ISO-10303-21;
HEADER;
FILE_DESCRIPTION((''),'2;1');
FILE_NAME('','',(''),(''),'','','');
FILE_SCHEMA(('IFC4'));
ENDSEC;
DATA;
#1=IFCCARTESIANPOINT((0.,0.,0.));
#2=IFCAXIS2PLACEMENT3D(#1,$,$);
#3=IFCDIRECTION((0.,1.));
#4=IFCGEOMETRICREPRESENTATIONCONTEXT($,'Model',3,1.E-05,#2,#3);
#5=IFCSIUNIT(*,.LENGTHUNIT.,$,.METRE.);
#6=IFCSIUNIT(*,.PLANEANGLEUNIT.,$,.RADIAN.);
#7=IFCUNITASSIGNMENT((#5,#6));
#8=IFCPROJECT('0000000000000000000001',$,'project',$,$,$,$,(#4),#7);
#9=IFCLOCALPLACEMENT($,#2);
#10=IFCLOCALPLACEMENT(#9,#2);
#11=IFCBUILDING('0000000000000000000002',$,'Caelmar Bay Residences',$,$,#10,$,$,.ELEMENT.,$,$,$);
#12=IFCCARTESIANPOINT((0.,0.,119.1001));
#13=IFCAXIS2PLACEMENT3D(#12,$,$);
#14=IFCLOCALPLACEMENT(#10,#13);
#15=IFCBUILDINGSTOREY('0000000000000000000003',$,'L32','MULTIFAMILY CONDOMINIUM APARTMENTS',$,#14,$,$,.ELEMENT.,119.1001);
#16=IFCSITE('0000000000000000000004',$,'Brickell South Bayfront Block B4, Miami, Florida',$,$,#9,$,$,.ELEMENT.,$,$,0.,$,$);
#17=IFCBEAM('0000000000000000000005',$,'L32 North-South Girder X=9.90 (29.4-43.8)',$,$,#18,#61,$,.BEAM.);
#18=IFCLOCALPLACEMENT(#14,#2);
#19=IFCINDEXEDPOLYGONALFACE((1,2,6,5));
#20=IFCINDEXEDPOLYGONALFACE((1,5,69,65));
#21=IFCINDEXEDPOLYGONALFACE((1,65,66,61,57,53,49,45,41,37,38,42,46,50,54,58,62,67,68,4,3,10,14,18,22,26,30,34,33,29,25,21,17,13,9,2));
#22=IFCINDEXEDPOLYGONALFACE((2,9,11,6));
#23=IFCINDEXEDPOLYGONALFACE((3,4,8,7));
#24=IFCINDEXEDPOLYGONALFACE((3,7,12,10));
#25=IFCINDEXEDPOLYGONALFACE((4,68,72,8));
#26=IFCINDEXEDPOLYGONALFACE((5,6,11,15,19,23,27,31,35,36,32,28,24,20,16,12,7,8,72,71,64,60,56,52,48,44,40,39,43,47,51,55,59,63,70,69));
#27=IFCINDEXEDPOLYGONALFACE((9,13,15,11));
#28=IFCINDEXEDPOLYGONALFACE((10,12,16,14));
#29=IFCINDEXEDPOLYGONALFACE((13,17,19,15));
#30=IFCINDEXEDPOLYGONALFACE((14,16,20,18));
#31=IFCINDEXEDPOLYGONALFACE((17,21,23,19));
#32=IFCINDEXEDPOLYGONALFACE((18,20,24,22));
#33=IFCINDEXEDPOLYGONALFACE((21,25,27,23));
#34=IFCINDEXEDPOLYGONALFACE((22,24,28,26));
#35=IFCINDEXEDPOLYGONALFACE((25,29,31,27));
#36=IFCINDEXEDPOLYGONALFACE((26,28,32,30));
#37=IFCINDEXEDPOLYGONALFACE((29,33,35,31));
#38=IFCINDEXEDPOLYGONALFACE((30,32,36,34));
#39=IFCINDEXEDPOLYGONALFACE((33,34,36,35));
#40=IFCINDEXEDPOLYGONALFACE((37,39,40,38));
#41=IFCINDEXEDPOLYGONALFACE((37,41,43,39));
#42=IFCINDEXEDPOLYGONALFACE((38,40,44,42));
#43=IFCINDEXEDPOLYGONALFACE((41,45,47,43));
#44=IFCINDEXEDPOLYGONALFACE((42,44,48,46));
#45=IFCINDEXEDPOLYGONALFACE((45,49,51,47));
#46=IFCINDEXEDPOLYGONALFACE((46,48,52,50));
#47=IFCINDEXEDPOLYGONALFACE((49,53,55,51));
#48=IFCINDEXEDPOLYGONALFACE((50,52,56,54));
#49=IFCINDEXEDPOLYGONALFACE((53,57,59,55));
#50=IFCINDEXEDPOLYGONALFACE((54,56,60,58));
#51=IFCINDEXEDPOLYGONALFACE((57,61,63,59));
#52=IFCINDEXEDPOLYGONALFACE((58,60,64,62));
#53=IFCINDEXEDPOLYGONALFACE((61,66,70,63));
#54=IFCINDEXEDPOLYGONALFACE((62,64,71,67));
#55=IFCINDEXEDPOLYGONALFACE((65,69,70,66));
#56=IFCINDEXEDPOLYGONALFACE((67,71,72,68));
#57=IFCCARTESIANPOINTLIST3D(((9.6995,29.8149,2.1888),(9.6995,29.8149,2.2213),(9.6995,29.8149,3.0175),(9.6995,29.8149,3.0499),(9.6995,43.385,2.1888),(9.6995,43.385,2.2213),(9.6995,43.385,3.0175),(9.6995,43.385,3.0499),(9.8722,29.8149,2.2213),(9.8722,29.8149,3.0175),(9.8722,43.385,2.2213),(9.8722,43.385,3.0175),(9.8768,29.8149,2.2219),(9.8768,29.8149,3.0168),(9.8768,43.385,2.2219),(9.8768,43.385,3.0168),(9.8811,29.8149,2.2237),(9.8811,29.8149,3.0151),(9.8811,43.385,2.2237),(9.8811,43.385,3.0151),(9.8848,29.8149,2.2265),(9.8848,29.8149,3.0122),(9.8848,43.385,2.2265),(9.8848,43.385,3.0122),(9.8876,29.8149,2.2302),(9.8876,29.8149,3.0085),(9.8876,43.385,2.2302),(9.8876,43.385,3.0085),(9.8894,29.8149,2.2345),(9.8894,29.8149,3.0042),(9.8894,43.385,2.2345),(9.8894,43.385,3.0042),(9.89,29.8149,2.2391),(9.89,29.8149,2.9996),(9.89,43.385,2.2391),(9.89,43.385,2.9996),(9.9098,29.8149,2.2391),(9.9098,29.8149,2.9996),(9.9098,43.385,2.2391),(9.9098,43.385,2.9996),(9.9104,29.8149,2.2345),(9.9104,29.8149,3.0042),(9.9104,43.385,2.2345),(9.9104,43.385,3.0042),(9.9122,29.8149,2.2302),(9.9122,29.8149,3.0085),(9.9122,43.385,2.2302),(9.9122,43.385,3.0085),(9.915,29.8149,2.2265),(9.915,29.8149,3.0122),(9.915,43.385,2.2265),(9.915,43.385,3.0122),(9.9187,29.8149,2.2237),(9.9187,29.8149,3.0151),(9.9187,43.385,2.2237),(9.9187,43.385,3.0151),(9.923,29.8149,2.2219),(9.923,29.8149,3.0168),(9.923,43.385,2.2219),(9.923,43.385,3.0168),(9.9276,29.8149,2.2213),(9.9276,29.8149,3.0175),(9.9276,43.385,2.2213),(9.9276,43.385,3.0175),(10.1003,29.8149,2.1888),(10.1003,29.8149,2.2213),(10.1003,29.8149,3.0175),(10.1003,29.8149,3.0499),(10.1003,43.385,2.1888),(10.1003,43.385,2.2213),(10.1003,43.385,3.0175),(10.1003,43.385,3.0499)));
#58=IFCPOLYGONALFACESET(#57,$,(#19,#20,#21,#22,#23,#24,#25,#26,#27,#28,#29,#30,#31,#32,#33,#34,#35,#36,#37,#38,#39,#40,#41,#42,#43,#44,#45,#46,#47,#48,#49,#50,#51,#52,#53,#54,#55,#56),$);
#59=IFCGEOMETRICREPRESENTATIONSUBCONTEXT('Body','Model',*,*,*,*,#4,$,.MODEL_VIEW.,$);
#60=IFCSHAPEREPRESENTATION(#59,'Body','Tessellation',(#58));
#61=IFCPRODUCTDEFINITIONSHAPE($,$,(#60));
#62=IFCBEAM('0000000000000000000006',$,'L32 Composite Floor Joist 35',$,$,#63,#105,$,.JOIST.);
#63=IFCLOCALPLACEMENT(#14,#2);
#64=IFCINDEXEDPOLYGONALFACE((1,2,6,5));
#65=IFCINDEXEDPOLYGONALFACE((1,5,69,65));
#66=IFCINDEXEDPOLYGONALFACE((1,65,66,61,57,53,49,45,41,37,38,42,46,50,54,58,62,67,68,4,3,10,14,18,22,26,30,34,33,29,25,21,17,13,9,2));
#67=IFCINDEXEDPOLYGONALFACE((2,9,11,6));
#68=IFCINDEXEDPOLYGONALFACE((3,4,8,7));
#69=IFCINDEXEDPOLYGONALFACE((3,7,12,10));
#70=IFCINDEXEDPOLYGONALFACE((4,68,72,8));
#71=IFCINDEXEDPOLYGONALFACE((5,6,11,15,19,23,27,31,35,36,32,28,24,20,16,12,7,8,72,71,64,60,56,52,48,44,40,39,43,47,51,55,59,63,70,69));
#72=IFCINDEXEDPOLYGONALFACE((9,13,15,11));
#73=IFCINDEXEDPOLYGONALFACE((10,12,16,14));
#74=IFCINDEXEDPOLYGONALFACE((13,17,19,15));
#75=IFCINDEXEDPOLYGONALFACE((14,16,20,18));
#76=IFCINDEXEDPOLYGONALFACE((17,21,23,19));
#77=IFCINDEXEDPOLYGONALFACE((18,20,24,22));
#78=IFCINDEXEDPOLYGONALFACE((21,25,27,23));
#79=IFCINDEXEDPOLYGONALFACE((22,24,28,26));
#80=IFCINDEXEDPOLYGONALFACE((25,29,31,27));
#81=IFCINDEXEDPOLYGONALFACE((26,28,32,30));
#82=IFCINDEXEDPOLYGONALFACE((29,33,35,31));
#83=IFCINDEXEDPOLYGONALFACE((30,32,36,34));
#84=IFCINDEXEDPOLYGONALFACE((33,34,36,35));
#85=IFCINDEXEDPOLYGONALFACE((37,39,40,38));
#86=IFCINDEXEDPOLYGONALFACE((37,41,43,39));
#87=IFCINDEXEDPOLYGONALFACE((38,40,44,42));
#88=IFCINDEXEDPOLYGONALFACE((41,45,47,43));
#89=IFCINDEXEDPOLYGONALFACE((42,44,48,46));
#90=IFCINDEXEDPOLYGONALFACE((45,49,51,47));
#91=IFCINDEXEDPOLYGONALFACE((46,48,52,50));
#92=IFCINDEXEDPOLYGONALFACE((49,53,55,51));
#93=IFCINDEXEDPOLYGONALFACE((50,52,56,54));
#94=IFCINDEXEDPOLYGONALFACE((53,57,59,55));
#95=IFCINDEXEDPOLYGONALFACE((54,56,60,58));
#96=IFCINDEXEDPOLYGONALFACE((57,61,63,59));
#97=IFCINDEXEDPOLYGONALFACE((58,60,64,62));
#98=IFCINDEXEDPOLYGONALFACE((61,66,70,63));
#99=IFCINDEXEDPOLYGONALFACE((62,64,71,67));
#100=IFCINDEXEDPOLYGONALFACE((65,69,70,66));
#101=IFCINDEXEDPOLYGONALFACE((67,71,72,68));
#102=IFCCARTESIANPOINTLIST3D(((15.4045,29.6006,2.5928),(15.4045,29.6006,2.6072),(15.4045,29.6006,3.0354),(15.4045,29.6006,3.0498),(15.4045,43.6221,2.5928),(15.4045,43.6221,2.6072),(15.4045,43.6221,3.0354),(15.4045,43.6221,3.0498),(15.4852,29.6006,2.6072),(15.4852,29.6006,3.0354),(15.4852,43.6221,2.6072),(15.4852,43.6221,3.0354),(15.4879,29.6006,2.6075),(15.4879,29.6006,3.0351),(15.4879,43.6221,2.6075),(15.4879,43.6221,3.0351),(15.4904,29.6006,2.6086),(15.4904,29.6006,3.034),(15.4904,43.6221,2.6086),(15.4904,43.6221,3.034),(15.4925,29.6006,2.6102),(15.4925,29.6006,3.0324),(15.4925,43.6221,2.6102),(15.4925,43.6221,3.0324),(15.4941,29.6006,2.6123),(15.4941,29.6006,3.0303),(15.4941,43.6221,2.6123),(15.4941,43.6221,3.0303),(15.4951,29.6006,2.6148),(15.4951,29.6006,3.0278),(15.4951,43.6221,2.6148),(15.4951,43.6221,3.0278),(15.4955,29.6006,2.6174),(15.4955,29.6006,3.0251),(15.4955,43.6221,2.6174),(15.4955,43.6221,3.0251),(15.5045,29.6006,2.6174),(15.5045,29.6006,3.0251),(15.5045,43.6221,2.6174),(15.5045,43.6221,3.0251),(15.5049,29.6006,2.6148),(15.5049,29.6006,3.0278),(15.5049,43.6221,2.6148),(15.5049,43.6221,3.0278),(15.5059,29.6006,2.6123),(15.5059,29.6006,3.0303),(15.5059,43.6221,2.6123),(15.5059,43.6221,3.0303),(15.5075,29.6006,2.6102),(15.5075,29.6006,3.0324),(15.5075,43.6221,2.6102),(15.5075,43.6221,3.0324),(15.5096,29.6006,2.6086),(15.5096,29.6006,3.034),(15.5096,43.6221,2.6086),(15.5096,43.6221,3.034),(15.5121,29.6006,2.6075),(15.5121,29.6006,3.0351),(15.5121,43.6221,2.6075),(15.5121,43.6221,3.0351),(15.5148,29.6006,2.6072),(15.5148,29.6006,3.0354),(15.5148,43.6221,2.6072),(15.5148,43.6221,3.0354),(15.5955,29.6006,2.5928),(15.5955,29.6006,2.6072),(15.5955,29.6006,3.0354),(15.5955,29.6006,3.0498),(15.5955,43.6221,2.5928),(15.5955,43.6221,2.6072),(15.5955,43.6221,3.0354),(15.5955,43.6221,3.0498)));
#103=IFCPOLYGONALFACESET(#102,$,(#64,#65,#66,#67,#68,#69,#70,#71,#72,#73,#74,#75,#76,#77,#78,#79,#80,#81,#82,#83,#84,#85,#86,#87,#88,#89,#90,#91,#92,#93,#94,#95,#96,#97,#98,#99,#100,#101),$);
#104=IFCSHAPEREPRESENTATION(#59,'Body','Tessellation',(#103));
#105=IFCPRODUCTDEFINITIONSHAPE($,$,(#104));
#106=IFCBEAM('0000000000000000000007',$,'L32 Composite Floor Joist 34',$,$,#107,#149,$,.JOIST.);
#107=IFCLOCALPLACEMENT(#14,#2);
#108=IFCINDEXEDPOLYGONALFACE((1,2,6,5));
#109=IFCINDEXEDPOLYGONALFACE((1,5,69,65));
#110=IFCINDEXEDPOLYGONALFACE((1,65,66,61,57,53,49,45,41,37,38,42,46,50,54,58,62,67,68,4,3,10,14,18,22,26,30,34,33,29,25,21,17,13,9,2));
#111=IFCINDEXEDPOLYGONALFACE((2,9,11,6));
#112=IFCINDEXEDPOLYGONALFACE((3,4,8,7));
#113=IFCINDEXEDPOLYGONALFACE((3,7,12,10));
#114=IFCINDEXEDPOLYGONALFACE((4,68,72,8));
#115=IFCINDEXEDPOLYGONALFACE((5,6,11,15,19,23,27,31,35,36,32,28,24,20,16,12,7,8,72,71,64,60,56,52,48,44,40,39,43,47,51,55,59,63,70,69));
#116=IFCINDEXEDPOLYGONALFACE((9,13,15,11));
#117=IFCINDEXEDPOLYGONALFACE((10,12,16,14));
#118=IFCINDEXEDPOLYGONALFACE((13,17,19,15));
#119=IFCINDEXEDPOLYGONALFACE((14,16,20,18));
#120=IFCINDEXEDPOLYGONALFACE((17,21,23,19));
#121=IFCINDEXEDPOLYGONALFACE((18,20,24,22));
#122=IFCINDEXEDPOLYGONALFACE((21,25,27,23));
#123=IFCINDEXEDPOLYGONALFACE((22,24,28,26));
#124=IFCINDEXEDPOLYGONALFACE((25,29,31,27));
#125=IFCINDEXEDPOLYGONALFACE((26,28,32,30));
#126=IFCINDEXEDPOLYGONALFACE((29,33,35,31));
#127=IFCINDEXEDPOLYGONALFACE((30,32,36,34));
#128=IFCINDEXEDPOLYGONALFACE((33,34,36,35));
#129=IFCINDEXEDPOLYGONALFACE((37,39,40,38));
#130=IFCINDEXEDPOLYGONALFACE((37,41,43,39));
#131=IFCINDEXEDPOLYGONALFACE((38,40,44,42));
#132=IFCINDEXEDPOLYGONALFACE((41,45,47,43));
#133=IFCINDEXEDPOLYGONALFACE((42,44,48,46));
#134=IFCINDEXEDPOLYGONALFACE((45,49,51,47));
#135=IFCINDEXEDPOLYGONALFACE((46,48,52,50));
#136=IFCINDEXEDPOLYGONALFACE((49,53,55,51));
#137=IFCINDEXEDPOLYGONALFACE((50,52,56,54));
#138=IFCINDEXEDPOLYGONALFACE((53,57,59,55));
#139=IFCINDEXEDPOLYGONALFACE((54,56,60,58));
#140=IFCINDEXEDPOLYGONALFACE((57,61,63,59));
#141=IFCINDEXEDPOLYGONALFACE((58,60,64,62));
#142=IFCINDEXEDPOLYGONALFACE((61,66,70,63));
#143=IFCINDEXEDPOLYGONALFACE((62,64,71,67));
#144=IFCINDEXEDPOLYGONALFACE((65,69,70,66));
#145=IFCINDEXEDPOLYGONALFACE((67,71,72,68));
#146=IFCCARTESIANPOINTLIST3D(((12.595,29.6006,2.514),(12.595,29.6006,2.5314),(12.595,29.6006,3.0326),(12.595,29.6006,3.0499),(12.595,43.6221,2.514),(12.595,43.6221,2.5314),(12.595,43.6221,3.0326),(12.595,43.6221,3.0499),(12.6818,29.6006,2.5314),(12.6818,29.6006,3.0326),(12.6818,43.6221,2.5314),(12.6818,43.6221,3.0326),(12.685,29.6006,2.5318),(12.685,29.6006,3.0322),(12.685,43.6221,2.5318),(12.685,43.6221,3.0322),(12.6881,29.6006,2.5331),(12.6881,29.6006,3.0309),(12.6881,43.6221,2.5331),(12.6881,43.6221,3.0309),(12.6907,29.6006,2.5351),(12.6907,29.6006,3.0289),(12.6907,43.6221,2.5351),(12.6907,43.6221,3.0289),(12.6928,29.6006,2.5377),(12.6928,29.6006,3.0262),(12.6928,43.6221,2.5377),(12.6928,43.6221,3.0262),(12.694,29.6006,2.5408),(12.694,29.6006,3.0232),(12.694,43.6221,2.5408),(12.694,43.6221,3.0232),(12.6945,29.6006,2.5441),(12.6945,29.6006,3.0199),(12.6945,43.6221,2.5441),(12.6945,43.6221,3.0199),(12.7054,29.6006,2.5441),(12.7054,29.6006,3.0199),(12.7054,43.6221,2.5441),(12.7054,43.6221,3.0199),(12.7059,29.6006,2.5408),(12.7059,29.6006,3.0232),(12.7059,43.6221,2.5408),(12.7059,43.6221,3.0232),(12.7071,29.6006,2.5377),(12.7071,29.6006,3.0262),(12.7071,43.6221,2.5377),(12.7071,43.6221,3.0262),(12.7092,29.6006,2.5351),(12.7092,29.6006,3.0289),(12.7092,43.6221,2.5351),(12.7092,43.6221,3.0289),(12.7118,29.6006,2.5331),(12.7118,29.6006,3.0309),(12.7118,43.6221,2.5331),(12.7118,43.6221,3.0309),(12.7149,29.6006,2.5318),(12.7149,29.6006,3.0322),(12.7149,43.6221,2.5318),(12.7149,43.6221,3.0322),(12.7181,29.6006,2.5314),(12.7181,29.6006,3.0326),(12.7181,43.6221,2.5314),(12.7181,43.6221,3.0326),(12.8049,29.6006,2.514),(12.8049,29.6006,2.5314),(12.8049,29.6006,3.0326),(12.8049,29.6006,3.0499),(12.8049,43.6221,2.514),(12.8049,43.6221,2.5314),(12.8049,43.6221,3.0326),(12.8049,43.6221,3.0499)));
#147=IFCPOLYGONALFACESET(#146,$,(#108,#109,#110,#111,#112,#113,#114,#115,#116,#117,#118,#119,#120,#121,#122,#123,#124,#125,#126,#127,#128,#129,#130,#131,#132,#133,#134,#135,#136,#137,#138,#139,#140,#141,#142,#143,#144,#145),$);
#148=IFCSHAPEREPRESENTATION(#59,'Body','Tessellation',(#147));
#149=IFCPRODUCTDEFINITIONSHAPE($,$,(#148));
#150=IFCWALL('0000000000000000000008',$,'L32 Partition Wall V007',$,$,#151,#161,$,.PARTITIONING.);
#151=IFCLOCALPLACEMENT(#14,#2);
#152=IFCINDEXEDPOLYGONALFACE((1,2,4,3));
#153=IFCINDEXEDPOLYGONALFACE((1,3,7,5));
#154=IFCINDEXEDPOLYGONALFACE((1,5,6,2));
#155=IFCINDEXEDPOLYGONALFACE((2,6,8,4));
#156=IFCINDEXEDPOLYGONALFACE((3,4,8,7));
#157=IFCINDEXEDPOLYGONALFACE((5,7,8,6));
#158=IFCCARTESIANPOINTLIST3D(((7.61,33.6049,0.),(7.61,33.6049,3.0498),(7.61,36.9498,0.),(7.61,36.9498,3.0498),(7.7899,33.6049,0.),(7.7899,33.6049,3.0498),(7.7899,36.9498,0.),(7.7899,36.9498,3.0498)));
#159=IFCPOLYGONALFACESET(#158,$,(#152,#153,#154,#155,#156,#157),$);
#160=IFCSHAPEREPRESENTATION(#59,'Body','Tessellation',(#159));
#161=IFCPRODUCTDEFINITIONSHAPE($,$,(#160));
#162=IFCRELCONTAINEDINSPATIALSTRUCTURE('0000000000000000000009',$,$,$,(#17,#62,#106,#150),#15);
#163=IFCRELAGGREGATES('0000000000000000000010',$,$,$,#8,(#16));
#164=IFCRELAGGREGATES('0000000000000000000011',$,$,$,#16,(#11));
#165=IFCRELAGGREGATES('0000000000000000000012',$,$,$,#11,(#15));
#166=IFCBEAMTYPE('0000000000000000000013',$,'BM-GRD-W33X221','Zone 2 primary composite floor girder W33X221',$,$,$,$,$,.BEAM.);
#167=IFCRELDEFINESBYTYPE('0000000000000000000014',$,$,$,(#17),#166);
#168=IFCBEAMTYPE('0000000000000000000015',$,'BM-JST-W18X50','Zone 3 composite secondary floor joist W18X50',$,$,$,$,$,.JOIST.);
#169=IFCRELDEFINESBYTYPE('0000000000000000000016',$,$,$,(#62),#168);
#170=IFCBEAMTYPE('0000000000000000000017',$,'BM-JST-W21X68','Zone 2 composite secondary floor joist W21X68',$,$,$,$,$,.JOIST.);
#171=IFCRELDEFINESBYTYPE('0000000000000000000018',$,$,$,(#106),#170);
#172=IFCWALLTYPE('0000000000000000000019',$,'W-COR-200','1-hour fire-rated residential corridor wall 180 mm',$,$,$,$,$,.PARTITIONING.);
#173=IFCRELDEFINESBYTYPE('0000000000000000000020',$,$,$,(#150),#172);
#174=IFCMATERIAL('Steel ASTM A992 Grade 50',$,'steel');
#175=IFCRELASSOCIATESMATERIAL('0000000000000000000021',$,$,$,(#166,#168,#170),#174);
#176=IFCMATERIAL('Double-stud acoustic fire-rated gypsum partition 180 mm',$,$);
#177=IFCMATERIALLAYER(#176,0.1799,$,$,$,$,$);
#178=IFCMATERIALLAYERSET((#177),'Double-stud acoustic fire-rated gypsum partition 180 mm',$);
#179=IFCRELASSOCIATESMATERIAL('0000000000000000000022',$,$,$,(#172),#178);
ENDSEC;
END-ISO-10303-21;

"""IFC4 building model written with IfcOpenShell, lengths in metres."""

from ifc_helpers import new_model, si_unit, direction, frame, frame_2d, origin, origin_2d, place, context, subcontext, project, spatial, rectangle, i_section, extrude, material, layer, layer_set, material_profile, profile_set, type_object, element, save


model = new_model("IFC4")

# Units and contexts
model_context = context("Model", 3, precision=1e-05, world=origin(), true_north=direction((0.0, 1.0)))
body_context = subcontext(model_context, "Body", "Model", "MODEL_VIEW")
ifc_project = project(units=[si_unit("LENGTHUNIT", "METRE"), si_unit("PLANEANGLEUNIT", "RADIAN")], contexts=[model_context])

# Site, building, storey
site_placement = place(None, origin())
site = spatial("IfcSite", under=ifc_project, at=site_placement, Name="Brickell South Bayfront Block B4, Miami, Florida", CompositionType="ELEMENT", RefElevation=0.0)
building_placement = place(site_placement, origin())
building = spatial("IfcBuilding", under=site, at=building_placement, Name="Caelmar Bay Residences", CompositionType="ELEMENT")
storey_placement = place(building_placement, frame((0.0, 0.0, 119.1001)))
storey = spatial("IfcBuildingStorey", under=building, at=storey_placement, Name="L32", Description="MULTIFAMILY CONDOMINIUM APARTMENTS", CompositionType="ELEMENT", Elevation=119.1001)

# Beams
ifc_material_1 = material(Name="Steel ASTM A992 Grade 50", Category="steel")
ifc_material_profile_1 = material_profile(ifc_material_1, i_section(OverallWidth=0.4009, OverallDepth=0.8611, WebThickness=0.0198, FlangeThickness=0.0325, FilletRadius=0.0178, at=origin_2d()), Name="W33X221")
ifc_profile_set_1 = profile_set([ifc_material_profile_1], Name="Steel ASTM A992 Grade 50")
beam_type_1 = type_object("IfcBeamType", Name="BM-GRD-W33X221", Description="Zone 2 primary composite floor girder W33X221", PredefinedType="BEAM", material=ifc_profile_set_1)
beam_1_placement = place(storey_placement, frame((9.8999, 29.8149, 2.6194), z_axis=(0.0, 1.0, 0.0), x_axis=(-1.0, 0.0, 0.0)))
element("IfcBeam", 1, at=beam_1_placement, inside=storey, type_object=beam_type_1, Name="L32 North-South Girder X=9.90 (29.4-43.8)", PredefinedType="BEAM", context=body_context, shape_type="SweptSolid", body=[
    extrude(i_section(OverallWidth=0.4009, OverallDepth=0.8611, WebThickness=0.0198, FlangeThickness=0.0325, FilletRadius=0.0178, at=origin_2d()), origin(), (0.0, 0.0, 1.0), 13.5701),
])
ifc_material_profile_2 = material_profile(ifc_material_1, i_section(OverallWidth=0.1909, OverallDepth=0.457, WebThickness=0.009, FlangeThickness=0.0144, FilletRadius=0.0103, at=origin_2d()), Name="W18X50")
ifc_profile_set_2 = profile_set([ifc_material_profile_2], Name="Steel ASTM A992 Grade 50")
beam_type_2 = type_object("IfcBeamType", Name="BM-JST-W18X50", Description="Zone 3 composite secondary floor joist W18X50", PredefinedType="JOIST", material=ifc_profile_set_2)
beam_2_placement = place(storey_placement, frame((15.5, 29.6006, 2.8213), z_axis=(0.0, 1.0, 0.0), x_axis=(-1.0, 0.0, 0.0)))
element("IfcBeam", 2, at=beam_2_placement, inside=storey, type_object=beam_type_2, Name="L32 Composite Floor Joist 35", PredefinedType="JOIST", context=body_context, shape_type="SweptSolid", body=[
    extrude(i_section(OverallWidth=0.1909, OverallDepth=0.457, WebThickness=0.009, FlangeThickness=0.0144, FilletRadius=0.0103, at=origin_2d()), origin(), (0.0, 0.0, 1.0), 14.0215),
])
ifc_material_profile_3 = material_profile(ifc_material_1, i_section(OverallWidth=0.21, OverallDepth=0.5359, WebThickness=0.011, FlangeThickness=0.0173, FilletRadius=0.0127, at=origin_2d()), Name="W21X68")
ifc_profile_set_3 = profile_set([ifc_material_profile_3], Name="Steel ASTM A992 Grade 50")
beam_type_3 = type_object("IfcBeamType", Name="BM-JST-W21X68", Description="Zone 2 composite secondary floor joist W21X68", PredefinedType="JOIST", material=ifc_profile_set_3)
beam_3_placement = place(storey_placement, frame((12.7, 29.6006, 2.782), z_axis=(0.0, 1.0, 0.0), x_axis=(-1.0, 0.0, 0.0)))
element("IfcBeam", 3, at=beam_3_placement, inside=storey, type_object=beam_type_3, Name="L32 Composite Floor Joist 34", PredefinedType="JOIST", context=body_context, shape_type="SweptSolid", body=[
    extrude(i_section(OverallWidth=0.21, OverallDepth=0.5359, WebThickness=0.011, FlangeThickness=0.0173, FilletRadius=0.0127, at=origin_2d()), origin(), (0.0, 0.0, 1.0), 14.0215),
])

# Wall
ifc_material_2 = material(Name="Double-stud acoustic fire-rated gypsum partition 180 mm")
ifc_layer_1 = layer(ifc_material_2, 0.1799)
ifc_layer_set_1 = layer_set([ifc_layer_1], Name="Double-stud acoustic fire-rated gypsum partition 180 mm")
wall_type_1 = type_object("IfcWallType", Name="W-COR-200", Description="1-hour fire-rated residential corridor wall 180 mm", PredefinedType="PARTITIONING", material=ifc_layer_set_1)
wall_1_placement = place(storey_placement, frame((7.7, 33.605, 0.0), z_axis=(0.0, 0.0, 1.0), x_axis=(0.0, 1.0, 0.0)))
element("IfcWall", 4, at=wall_1_placement, inside=storey, type_object=wall_type_1, Name="L32 Partition Wall V007", PredefinedType="PARTITIONING", context=body_context, shape_type="SweptSolid", body=[
    extrude(rectangle(XDim=3.345, YDim=0.1799, at=frame_2d((1.6724, 0.0))), origin(), (0.0, 0.0, 1.0), 3.0498),
])

save(model, "model.ifc")
